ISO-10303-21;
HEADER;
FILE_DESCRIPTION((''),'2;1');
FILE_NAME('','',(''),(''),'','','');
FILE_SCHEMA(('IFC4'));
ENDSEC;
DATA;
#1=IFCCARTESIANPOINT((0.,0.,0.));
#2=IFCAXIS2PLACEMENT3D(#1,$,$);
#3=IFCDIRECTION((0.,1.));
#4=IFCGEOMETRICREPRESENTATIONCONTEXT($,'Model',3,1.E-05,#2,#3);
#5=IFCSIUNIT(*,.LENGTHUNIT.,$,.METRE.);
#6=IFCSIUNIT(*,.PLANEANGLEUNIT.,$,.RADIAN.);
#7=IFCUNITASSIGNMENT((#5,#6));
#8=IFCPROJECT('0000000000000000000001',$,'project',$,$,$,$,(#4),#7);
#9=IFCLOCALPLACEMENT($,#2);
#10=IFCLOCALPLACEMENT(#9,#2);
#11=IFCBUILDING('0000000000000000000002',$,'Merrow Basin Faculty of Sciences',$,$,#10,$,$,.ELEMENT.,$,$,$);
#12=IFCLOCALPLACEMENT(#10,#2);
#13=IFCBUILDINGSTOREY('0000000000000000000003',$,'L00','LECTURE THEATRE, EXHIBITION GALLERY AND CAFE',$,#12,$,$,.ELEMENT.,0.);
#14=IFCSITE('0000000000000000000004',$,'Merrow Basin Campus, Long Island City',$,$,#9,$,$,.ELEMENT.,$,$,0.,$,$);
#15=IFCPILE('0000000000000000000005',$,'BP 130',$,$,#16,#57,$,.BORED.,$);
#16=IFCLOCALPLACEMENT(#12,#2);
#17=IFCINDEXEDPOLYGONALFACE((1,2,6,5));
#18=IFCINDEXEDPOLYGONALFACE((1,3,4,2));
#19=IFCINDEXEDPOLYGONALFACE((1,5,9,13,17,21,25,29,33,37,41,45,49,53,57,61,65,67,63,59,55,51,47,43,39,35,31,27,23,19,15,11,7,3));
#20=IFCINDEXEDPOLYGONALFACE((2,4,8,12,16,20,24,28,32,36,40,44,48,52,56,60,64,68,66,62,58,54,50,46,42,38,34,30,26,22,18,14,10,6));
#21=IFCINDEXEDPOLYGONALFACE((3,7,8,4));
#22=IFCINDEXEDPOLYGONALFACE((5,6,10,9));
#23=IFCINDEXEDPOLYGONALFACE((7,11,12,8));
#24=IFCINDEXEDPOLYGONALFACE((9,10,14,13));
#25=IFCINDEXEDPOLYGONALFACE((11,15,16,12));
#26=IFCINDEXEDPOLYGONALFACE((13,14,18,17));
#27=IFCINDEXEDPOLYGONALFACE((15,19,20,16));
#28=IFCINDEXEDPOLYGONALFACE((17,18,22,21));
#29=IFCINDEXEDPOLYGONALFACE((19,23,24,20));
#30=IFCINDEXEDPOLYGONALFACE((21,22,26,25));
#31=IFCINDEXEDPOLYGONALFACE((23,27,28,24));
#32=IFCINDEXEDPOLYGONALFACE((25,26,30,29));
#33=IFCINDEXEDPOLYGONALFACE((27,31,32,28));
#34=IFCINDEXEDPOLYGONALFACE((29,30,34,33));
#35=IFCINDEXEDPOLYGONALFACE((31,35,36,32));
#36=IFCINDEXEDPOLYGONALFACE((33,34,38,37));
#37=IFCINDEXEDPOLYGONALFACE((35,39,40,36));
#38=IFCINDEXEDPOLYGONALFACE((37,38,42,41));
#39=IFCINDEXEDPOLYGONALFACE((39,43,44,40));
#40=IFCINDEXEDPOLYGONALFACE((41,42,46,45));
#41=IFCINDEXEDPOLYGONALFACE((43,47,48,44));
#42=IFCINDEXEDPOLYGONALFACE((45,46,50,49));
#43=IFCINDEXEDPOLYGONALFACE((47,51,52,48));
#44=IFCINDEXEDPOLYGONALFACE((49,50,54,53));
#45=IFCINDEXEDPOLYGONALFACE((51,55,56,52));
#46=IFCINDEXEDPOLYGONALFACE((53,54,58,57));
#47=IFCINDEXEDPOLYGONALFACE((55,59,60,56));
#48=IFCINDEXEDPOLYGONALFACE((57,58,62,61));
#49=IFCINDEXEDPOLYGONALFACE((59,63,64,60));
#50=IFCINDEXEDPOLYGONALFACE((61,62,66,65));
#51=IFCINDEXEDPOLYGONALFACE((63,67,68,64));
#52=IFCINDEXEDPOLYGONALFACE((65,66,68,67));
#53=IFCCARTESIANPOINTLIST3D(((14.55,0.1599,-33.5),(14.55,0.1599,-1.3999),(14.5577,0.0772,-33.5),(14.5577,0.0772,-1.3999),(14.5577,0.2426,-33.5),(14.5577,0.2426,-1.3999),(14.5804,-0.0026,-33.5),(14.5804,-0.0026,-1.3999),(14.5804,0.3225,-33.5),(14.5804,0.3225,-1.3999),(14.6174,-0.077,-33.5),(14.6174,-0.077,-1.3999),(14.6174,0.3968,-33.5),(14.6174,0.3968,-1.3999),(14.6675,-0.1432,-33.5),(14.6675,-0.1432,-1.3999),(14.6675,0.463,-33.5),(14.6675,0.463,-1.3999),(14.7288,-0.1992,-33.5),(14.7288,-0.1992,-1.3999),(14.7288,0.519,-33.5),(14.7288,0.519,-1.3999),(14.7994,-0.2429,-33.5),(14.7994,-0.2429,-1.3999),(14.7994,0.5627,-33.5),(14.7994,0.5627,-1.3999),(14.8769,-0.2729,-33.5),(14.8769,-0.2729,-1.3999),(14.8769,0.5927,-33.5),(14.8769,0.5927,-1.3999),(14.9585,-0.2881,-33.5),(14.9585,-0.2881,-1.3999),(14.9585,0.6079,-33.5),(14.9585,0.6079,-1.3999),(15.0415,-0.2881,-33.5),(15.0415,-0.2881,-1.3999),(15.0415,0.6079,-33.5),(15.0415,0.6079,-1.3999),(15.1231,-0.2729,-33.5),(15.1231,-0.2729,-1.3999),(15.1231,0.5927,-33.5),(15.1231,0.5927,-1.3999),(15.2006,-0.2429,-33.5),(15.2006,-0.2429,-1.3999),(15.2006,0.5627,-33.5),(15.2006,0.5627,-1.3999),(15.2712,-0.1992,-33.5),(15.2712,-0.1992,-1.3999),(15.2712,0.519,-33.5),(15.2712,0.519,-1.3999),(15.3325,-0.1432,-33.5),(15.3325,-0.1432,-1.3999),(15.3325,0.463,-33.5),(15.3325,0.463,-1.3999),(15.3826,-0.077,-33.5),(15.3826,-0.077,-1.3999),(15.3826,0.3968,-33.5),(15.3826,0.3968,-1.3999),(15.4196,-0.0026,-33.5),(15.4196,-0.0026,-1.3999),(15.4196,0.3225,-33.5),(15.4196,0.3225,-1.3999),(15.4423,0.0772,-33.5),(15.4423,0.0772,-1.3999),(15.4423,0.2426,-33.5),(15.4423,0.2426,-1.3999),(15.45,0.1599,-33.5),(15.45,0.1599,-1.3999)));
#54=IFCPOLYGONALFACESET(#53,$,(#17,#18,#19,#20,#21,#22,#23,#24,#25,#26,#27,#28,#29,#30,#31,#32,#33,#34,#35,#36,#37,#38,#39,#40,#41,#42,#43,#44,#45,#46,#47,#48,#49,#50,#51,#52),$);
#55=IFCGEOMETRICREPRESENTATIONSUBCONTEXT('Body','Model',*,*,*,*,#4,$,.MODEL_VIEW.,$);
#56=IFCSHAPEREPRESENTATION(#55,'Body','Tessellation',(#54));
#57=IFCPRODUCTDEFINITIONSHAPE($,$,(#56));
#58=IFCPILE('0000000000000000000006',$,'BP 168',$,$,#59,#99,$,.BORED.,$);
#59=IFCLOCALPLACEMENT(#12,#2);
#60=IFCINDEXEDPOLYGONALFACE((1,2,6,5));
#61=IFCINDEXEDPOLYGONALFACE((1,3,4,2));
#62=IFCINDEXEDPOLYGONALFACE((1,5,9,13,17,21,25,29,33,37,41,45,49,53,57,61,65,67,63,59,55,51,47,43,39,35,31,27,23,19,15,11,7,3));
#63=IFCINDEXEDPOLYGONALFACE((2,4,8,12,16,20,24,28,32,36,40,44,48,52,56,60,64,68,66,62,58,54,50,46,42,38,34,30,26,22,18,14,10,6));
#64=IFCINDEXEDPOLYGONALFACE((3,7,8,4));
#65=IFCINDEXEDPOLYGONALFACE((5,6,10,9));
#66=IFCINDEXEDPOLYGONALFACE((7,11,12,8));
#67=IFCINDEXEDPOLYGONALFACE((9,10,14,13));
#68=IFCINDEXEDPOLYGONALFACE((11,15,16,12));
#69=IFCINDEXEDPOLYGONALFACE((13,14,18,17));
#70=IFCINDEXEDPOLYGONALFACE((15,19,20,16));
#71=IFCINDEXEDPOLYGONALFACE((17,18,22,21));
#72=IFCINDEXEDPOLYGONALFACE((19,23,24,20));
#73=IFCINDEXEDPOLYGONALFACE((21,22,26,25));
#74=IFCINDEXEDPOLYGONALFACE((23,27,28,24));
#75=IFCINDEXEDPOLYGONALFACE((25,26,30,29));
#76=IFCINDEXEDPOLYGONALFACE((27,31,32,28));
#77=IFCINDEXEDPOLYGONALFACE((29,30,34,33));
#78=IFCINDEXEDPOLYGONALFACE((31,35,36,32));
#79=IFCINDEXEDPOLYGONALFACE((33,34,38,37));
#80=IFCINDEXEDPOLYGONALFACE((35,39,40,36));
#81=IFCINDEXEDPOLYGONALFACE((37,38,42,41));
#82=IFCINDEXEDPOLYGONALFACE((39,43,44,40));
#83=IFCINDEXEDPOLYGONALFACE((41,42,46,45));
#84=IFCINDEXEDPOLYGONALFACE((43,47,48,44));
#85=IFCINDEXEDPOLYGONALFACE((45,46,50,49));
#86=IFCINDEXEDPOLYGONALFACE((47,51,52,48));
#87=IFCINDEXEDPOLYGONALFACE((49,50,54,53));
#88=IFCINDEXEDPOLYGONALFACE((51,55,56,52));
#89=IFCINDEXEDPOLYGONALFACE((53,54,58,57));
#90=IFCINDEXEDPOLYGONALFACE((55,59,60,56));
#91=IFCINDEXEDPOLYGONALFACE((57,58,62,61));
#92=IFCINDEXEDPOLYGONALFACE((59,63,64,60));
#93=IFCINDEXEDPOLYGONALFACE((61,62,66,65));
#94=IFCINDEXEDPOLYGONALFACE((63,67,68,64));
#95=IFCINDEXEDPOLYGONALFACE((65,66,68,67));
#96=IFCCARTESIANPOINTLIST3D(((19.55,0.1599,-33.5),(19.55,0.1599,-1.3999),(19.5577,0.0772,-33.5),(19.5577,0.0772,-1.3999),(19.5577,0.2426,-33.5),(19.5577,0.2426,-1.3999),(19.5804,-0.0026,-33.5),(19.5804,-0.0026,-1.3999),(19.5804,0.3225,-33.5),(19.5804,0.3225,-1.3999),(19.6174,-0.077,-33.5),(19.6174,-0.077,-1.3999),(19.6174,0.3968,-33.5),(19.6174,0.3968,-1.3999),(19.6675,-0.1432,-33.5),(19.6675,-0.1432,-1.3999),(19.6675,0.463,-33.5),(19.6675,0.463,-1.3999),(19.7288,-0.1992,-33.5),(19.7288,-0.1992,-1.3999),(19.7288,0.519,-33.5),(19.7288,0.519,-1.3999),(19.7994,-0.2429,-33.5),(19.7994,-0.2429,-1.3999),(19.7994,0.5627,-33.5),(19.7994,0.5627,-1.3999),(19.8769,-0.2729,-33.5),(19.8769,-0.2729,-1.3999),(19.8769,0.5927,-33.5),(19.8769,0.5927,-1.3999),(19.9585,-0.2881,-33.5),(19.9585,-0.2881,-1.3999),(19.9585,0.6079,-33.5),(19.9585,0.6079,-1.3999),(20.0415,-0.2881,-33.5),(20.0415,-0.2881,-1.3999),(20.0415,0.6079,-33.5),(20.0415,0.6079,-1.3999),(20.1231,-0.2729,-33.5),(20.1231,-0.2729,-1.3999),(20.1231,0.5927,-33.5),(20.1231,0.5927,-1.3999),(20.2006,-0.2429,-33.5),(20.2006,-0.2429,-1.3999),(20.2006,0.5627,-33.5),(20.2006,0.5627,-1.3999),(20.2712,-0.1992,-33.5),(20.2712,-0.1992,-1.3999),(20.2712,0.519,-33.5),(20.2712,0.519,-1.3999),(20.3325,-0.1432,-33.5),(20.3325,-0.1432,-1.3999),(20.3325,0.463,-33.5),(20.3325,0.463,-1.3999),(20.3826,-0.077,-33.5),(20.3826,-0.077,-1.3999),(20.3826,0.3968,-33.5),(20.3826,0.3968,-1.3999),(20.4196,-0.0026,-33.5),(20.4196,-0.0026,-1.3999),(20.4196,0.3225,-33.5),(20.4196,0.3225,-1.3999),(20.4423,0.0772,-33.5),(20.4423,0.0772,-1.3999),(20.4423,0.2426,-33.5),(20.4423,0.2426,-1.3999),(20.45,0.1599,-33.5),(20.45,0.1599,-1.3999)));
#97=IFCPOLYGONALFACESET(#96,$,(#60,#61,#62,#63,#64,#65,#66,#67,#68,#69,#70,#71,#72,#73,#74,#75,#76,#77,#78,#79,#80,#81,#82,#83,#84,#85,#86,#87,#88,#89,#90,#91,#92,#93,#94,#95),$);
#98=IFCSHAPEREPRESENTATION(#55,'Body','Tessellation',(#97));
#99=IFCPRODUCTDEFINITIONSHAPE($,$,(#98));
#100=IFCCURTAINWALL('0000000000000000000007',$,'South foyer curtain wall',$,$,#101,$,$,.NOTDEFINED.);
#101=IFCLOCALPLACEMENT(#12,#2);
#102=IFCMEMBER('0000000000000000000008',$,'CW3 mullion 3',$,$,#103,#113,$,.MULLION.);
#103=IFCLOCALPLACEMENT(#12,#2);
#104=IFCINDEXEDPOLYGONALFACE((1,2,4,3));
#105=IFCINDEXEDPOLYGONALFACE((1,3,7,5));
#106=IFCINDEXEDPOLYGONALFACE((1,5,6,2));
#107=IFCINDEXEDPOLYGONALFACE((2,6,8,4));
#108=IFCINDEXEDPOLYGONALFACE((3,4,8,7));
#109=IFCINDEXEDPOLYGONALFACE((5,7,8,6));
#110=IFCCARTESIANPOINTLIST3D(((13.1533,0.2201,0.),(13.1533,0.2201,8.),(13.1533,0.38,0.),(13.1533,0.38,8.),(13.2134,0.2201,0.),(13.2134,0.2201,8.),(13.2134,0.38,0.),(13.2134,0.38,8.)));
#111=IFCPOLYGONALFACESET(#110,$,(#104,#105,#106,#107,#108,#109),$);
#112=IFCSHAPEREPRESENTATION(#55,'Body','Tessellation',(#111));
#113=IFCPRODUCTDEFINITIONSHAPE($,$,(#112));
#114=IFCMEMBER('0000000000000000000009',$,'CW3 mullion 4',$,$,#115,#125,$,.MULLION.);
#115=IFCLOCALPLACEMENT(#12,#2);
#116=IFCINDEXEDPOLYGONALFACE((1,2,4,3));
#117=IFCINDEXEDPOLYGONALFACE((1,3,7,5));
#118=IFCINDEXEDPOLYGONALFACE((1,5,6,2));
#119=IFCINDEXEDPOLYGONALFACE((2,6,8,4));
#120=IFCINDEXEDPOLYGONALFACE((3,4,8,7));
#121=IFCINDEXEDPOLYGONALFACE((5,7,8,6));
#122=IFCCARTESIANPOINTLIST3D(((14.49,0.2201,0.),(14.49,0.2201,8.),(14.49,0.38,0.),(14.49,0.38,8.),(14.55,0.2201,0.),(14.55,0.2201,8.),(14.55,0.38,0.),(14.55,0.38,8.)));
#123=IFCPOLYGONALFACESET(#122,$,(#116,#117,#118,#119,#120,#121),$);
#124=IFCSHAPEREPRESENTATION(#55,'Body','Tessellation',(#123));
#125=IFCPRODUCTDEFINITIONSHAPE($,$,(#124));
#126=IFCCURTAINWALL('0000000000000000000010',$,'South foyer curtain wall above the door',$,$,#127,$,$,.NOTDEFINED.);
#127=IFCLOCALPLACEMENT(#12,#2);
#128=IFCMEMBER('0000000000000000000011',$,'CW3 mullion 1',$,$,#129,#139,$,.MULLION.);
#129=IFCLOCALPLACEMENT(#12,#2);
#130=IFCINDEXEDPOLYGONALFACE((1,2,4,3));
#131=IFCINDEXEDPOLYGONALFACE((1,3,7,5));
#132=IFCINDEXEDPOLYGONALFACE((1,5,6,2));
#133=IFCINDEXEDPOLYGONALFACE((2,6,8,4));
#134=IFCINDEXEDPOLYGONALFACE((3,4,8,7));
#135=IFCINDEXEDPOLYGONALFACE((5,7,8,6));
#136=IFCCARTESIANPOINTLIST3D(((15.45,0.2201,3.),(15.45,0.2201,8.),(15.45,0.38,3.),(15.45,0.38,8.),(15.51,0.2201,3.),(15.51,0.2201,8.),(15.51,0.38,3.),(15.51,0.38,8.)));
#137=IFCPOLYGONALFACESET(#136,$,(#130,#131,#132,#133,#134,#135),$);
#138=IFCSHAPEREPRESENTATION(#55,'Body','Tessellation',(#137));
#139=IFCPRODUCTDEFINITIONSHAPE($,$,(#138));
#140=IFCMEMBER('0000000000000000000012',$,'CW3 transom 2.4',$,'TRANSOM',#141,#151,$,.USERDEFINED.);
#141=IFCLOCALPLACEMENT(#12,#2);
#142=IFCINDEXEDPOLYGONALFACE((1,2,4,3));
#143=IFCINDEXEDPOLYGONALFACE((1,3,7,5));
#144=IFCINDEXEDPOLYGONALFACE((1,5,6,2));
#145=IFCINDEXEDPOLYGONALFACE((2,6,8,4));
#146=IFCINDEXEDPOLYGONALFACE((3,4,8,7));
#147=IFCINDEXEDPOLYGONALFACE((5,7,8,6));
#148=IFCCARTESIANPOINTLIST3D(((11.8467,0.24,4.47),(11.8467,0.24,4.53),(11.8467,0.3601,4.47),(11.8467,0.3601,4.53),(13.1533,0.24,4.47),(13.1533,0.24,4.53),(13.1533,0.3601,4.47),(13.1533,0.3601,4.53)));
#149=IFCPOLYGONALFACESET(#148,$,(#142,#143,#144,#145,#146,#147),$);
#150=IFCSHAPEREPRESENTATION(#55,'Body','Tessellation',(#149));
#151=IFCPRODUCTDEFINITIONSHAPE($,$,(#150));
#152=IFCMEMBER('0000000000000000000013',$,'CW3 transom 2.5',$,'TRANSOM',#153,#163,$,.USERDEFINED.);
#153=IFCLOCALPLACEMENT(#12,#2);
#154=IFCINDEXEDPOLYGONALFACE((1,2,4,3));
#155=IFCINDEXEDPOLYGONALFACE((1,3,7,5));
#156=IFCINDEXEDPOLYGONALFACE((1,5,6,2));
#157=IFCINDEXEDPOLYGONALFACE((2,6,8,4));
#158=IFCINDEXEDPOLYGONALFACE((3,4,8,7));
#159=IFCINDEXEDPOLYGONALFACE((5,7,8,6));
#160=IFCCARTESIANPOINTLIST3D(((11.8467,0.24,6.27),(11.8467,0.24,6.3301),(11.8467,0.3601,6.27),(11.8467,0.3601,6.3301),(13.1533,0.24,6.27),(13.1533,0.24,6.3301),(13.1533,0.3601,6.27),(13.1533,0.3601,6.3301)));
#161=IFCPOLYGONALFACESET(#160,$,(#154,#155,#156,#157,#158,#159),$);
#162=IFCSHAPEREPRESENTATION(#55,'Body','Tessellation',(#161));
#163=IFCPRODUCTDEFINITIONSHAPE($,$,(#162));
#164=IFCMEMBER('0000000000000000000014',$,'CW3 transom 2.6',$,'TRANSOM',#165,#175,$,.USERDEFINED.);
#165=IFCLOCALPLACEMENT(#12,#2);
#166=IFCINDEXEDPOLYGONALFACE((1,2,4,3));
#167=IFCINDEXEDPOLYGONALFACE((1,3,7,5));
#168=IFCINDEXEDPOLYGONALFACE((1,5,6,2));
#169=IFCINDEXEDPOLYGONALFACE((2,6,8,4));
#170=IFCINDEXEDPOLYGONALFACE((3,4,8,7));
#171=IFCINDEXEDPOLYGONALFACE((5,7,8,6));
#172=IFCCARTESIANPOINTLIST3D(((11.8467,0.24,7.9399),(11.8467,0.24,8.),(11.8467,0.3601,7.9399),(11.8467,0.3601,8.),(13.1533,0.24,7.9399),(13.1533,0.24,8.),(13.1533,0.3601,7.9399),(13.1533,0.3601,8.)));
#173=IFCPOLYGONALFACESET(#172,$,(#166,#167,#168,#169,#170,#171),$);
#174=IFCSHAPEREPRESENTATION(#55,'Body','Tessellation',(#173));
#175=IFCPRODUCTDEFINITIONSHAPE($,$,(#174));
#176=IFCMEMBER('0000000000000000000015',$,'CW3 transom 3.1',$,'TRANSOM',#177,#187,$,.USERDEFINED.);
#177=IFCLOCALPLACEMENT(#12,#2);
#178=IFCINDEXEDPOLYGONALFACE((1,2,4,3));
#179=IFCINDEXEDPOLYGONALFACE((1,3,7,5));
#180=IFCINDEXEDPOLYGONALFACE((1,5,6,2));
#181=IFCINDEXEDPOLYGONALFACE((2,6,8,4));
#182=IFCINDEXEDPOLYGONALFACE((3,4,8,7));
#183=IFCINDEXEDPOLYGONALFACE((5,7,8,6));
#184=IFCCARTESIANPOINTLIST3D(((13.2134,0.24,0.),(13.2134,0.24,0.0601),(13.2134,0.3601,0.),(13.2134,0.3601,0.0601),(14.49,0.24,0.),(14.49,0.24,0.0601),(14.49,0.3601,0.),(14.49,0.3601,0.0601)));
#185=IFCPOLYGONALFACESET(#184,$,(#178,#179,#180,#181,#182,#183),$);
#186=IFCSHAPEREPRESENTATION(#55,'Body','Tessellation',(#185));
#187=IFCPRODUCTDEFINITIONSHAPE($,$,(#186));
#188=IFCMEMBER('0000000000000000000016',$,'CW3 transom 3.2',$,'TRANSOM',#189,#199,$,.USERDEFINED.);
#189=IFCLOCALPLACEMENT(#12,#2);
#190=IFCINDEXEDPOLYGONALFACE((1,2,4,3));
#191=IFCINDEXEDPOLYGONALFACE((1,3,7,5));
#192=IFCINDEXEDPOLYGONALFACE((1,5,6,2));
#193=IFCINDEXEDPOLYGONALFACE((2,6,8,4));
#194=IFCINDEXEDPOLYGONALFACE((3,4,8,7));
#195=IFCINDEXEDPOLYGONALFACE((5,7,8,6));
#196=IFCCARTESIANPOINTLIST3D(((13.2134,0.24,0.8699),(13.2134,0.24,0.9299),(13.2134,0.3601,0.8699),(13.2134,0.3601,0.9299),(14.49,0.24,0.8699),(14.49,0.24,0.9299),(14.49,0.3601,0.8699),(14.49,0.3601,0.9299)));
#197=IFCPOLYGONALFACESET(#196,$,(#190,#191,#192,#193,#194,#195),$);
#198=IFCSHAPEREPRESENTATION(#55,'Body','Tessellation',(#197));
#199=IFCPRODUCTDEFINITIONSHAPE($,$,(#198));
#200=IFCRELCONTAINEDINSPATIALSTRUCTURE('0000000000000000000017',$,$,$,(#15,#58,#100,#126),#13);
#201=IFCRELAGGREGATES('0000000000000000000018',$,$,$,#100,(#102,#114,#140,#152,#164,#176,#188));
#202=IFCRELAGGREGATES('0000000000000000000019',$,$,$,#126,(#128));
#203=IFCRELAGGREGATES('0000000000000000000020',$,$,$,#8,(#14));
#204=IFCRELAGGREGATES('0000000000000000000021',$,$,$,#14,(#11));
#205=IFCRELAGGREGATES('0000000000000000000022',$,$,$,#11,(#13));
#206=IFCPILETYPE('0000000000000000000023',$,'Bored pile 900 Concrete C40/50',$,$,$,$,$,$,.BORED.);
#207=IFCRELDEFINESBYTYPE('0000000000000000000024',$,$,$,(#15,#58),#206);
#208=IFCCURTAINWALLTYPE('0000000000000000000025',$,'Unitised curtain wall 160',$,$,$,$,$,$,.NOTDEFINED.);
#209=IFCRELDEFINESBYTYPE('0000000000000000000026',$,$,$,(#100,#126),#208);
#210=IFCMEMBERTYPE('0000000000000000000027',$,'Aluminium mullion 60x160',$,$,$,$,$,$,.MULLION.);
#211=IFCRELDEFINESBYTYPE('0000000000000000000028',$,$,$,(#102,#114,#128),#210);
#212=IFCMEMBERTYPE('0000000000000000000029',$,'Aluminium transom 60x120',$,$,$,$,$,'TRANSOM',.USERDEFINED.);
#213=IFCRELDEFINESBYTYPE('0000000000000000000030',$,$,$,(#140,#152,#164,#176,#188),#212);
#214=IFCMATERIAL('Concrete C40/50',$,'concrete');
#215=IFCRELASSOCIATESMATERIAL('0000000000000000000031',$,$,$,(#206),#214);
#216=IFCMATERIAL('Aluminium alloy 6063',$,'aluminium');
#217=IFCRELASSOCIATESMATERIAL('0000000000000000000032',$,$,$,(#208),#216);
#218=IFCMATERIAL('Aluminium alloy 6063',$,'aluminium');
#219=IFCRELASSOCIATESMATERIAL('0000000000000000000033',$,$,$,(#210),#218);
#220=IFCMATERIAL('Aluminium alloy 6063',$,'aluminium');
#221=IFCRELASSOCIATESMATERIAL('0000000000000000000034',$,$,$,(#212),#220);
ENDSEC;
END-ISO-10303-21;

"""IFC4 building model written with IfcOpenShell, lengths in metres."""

from ifc_helpers import new_model, si_unit, direction, frame, origin, origin_2d, place, context, subcontext, project, spatial, rectangle, circle, extrude, material, material_profile, profile_set, type_object, element, aggregate, save


model = new_model("IFC4")

# Units and contexts
model_context = context("Model", 3, precision=1e-05, world=origin(), true_north=direction((0.0, 1.0)))
body_context = subcontext(model_context, "Body", "Model", "MODEL_VIEW")
ifc_project = project(units=[si_unit("LENGTHUNIT", "METRE"), si_unit("PLANEANGLEUNIT", "RADIAN")], contexts=[model_context])

# Site, building, storey
site_placement = place(None, origin())
site = spatial("IfcSite", under=ifc_project, at=site_placement, Name="Merrow Basin Campus, Long Island City", CompositionType="ELEMENT", RefElevation=0.0)
building_placement = place(site_placement, origin())
building = spatial("IfcBuilding", under=site, at=building_placement, Name="Merrow Basin Faculty of Sciences", CompositionType="ELEMENT")
storey_placement = place(building_placement, origin())
storey = spatial("IfcBuildingStorey", under=building, at=storey_placement, Name="L00", Description="LECTURE THEATRE, EXHIBITION GALLERY AND CAFE", CompositionType="ELEMENT", Elevation=0.0)

# Piles
ifc_material_1 = material(Name="Concrete C40/50", Category="concrete")
ifc_material_profile_1 = material_profile(ifc_material_1, circle(Radius=0.45, at=origin_2d()))
ifc_profile_set_1 = profile_set([ifc_material_profile_1], Name="Concrete C40/50")
pile_type = type_object("IfcPileType", Name="Bored pile 900 Concrete C40/50", PredefinedType="BORED", material=ifc_profile_set_1)
for number, where, z_axis, x_axis, name in (
    (1, (15.0, 0.1599, -1.3999), (0.0, 0.0, -1.0), (1.0, 0.0, 0.0), "BP 130"),
    (2, (20.0, 0.1599, -1.3999), (0.0, 0.0, -1.0), (1.0, 0.0, 0.0), "BP 168"),
):
    element("IfcPile", number, at=place(storey_placement, frame(where, z_axis=z_axis, x_axis=x_axis)), inside=storey, type_object=pile_type, Name=name, PredefinedType="BORED", context=body_context, shape_type="SweptSolid", body=[
        extrude(circle(Radius=0.45, at=origin_2d()), origin(), (0.0, 0.0, 1.0), 32.1001),
    ])

# Curtain wall, members
ifc_material_2 = material(Name="Aluminium alloy 6063", Category="aluminium")
curtain_wall_type = type_object("IfcCurtainWallType", Name="Unitised curtain wall 160", PredefinedType="NOTDEFINED", material=ifc_material_2)
curtain_wall_1_placement = place(storey_placement, origin())
curtain_wall_1 = element("IfcCurtainWall", 3, at=curtain_wall_1_placement, inside=storey, type_object=curtain_wall_type, Name="South foyer curtain wall", PredefinedType="NOTDEFINED")
ifc_material_3 = material(Name="Aluminium alloy 6063", Category="aluminium")
ifc_material_profile_2 = material_profile(ifc_material_3, rectangle(XDim=0.1599, YDim=0.0601, at=origin_2d()))
ifc_profile_set_2 = profile_set([ifc_material_profile_2], Name="Aluminium alloy 6063")
member_type_1 = type_object("IfcMemberType", Name="Aluminium mullion 60x160", PredefinedType="MULLION", material=ifc_profile_set_2)
member_1_placement = place(storey_placement, frame((13.1833, 0.3, 0.0), z_axis=(0.0, 0.0, 1.0), x_axis=(0.0, 1.0, 0.0)))
member_1 = element("IfcMember", 4, at=member_1_placement, type_object=member_type_1, Name="CW3 mullion 3", PredefinedType="MULLION", context=body_context, shape_type="SweptSolid", body=[
    extrude(rectangle(XDim=0.1599, YDim=0.0601, at=origin_2d()), origin(), (0.0, 0.0, 1.0), 8.0),
])
member_2_placement = place(storey_placement, frame((14.52, 0.3, 0.0), z_axis=(0.0, 0.0, 1.0), x_axis=(0.0, 1.0, 0.0)))
member_2 = element("IfcMember", 5, at=member_2_placement, type_object=member_type_1, Name="CW3 mullion 4", PredefinedType="MULLION", context=body_context, shape_type="SweptSolid", body=[
    extrude(rectangle(XDim=0.1599, YDim=0.0601, at=origin_2d()), origin(), (0.0, 0.0, 1.0), 8.0),
])

# Curtain wall, member
curtain_wall_2_placement = place(storey_placement, origin())
curtain_wall_2 = element("IfcCurtainWall", 6, at=curtain_wall_2_placement, inside=storey, type_object=curtain_wall_type, Name="South foyer curtain wall above the door", PredefinedType="NOTDEFINED")
member_3_placement = place(storey_placement, frame((15.48, 0.3, 3.0), z_axis=(0.0, 0.0, 1.0), x_axis=(0.0, 1.0, 0.0)))
member_3 = element("IfcMember", 7, at=member_3_placement, type_object=member_type_1, Name="CW3 mullion 1", PredefinedType="MULLION", context=body_context, shape_type="SweptSolid", body=[
    extrude(rectangle(XDim=0.1599, YDim=0.0601, at=origin_2d()), origin(), (0.0, 0.0, 1.0), 5.0),
])

# Members
ifc_material_4 = material(Name="Aluminium alloy 6063", Category="aluminium")
ifc_material_profile_3 = material_profile(ifc_material_4, rectangle(XDim=0.1201, YDim=0.0601, at=origin_2d()))
ifc_profile_set_3 = profile_set([ifc_material_profile_3], Name="Aluminium alloy 6063")
member_type_2 = type_object("IfcMemberType", Name="Aluminium transom 60x120", ElementType="TRANSOM", PredefinedType="USERDEFINED", material=ifc_profile_set_3)
member_4_placement = place(storey_placement, frame((11.8467, 0.3, 4.5), z_axis=(1.0, 0.0, 0.0), x_axis=(0.0, 1.0, 0.0)))
member_4 = element("IfcMember", 8, at=member_4_placement, type_object=member_type_2, Name="CW3 transom 2.4", ObjectType="TRANSOM", PredefinedType="USERDEFINED", context=body_context, shape_type="SweptSolid", body=[
    extrude(rectangle(XDim=0.1201, YDim=0.0601, at=origin_2d()), origin(), (0.0, 0.0, 1.0), 1.3066),
])
member_5_placement = place(storey_placement, frame((11.8467, 0.3, 6.3), z_axis=(1.0, 0.0, 0.0), x_axis=(0.0, 1.0, 0.0)))
member_5 = element("IfcMember", 9, at=member_5_placement, type_object=member_type_2, Name="CW3 transom 2.5", ObjectType="TRANSOM", PredefinedType="USERDEFINED", context=body_context, shape_type="SweptSolid", body=[
    extrude(rectangle(XDim=0.1201, YDim=0.0601, at=origin_2d()), origin(), (0.0, 0.0, 1.0), 1.3066),
])
member_6_placement = place(storey_placement, frame((11.8467, 0.3, 7.97), z_axis=(1.0, 0.0, 0.0), x_axis=(0.0, 1.0, 0.0)))
member_6 = element("IfcMember", 10, at=member_6_placement, type_object=member_type_2, Name="CW3 transom 2.6", ObjectType="TRANSOM", PredefinedType="USERDEFINED", context=body_context, shape_type="SweptSolid", body=[
    extrude(rectangle(XDim=0.1201, YDim=0.0601, at=origin_2d()), origin(), (0.0, 0.0, 1.0), 1.3066),
])
member_7_placement = place(storey_placement, frame((13.2134, 0.3, 0.03), z_axis=(1.0, 0.0, 0.0), x_axis=(0.0, 1.0, 0.0)))
member_7 = element("IfcMember", 11, at=member_7_placement, type_object=member_type_2, Name="CW3 transom 3.1", ObjectType="TRANSOM", PredefinedType="USERDEFINED", context=body_context, shape_type="SweptSolid", body=[
    extrude(rectangle(XDim=0.1201, YDim=0.0601, at=origin_2d()), origin(), (0.0, 0.0, 1.0), 1.2766),
])
member_8_placement = place(storey_placement, frame((13.2134, 0.3, 0.8999), z_axis=(1.0, 0.0, 0.0), x_axis=(0.0, 1.0, 0.0)))
member_8 = element("IfcMember", 12, at=member_8_placement, type_object=member_type_2, Name="CW3 transom 3.2", ObjectType="TRANSOM", PredefinedType="USERDEFINED", context=body_context, shape_type="SweptSolid", body=[
    extrude(rectangle(XDim=0.1201, YDim=0.0601, at=origin_2d()), origin(), (0.0, 0.0, 1.0), 1.2766),
])

aggregate(curtain_wall_1, [member_1, member_2, member_4, member_5, member_6, member_7, member_8])
aggregate(curtain_wall_2, [member_3])

save(model, "model.ifc")
